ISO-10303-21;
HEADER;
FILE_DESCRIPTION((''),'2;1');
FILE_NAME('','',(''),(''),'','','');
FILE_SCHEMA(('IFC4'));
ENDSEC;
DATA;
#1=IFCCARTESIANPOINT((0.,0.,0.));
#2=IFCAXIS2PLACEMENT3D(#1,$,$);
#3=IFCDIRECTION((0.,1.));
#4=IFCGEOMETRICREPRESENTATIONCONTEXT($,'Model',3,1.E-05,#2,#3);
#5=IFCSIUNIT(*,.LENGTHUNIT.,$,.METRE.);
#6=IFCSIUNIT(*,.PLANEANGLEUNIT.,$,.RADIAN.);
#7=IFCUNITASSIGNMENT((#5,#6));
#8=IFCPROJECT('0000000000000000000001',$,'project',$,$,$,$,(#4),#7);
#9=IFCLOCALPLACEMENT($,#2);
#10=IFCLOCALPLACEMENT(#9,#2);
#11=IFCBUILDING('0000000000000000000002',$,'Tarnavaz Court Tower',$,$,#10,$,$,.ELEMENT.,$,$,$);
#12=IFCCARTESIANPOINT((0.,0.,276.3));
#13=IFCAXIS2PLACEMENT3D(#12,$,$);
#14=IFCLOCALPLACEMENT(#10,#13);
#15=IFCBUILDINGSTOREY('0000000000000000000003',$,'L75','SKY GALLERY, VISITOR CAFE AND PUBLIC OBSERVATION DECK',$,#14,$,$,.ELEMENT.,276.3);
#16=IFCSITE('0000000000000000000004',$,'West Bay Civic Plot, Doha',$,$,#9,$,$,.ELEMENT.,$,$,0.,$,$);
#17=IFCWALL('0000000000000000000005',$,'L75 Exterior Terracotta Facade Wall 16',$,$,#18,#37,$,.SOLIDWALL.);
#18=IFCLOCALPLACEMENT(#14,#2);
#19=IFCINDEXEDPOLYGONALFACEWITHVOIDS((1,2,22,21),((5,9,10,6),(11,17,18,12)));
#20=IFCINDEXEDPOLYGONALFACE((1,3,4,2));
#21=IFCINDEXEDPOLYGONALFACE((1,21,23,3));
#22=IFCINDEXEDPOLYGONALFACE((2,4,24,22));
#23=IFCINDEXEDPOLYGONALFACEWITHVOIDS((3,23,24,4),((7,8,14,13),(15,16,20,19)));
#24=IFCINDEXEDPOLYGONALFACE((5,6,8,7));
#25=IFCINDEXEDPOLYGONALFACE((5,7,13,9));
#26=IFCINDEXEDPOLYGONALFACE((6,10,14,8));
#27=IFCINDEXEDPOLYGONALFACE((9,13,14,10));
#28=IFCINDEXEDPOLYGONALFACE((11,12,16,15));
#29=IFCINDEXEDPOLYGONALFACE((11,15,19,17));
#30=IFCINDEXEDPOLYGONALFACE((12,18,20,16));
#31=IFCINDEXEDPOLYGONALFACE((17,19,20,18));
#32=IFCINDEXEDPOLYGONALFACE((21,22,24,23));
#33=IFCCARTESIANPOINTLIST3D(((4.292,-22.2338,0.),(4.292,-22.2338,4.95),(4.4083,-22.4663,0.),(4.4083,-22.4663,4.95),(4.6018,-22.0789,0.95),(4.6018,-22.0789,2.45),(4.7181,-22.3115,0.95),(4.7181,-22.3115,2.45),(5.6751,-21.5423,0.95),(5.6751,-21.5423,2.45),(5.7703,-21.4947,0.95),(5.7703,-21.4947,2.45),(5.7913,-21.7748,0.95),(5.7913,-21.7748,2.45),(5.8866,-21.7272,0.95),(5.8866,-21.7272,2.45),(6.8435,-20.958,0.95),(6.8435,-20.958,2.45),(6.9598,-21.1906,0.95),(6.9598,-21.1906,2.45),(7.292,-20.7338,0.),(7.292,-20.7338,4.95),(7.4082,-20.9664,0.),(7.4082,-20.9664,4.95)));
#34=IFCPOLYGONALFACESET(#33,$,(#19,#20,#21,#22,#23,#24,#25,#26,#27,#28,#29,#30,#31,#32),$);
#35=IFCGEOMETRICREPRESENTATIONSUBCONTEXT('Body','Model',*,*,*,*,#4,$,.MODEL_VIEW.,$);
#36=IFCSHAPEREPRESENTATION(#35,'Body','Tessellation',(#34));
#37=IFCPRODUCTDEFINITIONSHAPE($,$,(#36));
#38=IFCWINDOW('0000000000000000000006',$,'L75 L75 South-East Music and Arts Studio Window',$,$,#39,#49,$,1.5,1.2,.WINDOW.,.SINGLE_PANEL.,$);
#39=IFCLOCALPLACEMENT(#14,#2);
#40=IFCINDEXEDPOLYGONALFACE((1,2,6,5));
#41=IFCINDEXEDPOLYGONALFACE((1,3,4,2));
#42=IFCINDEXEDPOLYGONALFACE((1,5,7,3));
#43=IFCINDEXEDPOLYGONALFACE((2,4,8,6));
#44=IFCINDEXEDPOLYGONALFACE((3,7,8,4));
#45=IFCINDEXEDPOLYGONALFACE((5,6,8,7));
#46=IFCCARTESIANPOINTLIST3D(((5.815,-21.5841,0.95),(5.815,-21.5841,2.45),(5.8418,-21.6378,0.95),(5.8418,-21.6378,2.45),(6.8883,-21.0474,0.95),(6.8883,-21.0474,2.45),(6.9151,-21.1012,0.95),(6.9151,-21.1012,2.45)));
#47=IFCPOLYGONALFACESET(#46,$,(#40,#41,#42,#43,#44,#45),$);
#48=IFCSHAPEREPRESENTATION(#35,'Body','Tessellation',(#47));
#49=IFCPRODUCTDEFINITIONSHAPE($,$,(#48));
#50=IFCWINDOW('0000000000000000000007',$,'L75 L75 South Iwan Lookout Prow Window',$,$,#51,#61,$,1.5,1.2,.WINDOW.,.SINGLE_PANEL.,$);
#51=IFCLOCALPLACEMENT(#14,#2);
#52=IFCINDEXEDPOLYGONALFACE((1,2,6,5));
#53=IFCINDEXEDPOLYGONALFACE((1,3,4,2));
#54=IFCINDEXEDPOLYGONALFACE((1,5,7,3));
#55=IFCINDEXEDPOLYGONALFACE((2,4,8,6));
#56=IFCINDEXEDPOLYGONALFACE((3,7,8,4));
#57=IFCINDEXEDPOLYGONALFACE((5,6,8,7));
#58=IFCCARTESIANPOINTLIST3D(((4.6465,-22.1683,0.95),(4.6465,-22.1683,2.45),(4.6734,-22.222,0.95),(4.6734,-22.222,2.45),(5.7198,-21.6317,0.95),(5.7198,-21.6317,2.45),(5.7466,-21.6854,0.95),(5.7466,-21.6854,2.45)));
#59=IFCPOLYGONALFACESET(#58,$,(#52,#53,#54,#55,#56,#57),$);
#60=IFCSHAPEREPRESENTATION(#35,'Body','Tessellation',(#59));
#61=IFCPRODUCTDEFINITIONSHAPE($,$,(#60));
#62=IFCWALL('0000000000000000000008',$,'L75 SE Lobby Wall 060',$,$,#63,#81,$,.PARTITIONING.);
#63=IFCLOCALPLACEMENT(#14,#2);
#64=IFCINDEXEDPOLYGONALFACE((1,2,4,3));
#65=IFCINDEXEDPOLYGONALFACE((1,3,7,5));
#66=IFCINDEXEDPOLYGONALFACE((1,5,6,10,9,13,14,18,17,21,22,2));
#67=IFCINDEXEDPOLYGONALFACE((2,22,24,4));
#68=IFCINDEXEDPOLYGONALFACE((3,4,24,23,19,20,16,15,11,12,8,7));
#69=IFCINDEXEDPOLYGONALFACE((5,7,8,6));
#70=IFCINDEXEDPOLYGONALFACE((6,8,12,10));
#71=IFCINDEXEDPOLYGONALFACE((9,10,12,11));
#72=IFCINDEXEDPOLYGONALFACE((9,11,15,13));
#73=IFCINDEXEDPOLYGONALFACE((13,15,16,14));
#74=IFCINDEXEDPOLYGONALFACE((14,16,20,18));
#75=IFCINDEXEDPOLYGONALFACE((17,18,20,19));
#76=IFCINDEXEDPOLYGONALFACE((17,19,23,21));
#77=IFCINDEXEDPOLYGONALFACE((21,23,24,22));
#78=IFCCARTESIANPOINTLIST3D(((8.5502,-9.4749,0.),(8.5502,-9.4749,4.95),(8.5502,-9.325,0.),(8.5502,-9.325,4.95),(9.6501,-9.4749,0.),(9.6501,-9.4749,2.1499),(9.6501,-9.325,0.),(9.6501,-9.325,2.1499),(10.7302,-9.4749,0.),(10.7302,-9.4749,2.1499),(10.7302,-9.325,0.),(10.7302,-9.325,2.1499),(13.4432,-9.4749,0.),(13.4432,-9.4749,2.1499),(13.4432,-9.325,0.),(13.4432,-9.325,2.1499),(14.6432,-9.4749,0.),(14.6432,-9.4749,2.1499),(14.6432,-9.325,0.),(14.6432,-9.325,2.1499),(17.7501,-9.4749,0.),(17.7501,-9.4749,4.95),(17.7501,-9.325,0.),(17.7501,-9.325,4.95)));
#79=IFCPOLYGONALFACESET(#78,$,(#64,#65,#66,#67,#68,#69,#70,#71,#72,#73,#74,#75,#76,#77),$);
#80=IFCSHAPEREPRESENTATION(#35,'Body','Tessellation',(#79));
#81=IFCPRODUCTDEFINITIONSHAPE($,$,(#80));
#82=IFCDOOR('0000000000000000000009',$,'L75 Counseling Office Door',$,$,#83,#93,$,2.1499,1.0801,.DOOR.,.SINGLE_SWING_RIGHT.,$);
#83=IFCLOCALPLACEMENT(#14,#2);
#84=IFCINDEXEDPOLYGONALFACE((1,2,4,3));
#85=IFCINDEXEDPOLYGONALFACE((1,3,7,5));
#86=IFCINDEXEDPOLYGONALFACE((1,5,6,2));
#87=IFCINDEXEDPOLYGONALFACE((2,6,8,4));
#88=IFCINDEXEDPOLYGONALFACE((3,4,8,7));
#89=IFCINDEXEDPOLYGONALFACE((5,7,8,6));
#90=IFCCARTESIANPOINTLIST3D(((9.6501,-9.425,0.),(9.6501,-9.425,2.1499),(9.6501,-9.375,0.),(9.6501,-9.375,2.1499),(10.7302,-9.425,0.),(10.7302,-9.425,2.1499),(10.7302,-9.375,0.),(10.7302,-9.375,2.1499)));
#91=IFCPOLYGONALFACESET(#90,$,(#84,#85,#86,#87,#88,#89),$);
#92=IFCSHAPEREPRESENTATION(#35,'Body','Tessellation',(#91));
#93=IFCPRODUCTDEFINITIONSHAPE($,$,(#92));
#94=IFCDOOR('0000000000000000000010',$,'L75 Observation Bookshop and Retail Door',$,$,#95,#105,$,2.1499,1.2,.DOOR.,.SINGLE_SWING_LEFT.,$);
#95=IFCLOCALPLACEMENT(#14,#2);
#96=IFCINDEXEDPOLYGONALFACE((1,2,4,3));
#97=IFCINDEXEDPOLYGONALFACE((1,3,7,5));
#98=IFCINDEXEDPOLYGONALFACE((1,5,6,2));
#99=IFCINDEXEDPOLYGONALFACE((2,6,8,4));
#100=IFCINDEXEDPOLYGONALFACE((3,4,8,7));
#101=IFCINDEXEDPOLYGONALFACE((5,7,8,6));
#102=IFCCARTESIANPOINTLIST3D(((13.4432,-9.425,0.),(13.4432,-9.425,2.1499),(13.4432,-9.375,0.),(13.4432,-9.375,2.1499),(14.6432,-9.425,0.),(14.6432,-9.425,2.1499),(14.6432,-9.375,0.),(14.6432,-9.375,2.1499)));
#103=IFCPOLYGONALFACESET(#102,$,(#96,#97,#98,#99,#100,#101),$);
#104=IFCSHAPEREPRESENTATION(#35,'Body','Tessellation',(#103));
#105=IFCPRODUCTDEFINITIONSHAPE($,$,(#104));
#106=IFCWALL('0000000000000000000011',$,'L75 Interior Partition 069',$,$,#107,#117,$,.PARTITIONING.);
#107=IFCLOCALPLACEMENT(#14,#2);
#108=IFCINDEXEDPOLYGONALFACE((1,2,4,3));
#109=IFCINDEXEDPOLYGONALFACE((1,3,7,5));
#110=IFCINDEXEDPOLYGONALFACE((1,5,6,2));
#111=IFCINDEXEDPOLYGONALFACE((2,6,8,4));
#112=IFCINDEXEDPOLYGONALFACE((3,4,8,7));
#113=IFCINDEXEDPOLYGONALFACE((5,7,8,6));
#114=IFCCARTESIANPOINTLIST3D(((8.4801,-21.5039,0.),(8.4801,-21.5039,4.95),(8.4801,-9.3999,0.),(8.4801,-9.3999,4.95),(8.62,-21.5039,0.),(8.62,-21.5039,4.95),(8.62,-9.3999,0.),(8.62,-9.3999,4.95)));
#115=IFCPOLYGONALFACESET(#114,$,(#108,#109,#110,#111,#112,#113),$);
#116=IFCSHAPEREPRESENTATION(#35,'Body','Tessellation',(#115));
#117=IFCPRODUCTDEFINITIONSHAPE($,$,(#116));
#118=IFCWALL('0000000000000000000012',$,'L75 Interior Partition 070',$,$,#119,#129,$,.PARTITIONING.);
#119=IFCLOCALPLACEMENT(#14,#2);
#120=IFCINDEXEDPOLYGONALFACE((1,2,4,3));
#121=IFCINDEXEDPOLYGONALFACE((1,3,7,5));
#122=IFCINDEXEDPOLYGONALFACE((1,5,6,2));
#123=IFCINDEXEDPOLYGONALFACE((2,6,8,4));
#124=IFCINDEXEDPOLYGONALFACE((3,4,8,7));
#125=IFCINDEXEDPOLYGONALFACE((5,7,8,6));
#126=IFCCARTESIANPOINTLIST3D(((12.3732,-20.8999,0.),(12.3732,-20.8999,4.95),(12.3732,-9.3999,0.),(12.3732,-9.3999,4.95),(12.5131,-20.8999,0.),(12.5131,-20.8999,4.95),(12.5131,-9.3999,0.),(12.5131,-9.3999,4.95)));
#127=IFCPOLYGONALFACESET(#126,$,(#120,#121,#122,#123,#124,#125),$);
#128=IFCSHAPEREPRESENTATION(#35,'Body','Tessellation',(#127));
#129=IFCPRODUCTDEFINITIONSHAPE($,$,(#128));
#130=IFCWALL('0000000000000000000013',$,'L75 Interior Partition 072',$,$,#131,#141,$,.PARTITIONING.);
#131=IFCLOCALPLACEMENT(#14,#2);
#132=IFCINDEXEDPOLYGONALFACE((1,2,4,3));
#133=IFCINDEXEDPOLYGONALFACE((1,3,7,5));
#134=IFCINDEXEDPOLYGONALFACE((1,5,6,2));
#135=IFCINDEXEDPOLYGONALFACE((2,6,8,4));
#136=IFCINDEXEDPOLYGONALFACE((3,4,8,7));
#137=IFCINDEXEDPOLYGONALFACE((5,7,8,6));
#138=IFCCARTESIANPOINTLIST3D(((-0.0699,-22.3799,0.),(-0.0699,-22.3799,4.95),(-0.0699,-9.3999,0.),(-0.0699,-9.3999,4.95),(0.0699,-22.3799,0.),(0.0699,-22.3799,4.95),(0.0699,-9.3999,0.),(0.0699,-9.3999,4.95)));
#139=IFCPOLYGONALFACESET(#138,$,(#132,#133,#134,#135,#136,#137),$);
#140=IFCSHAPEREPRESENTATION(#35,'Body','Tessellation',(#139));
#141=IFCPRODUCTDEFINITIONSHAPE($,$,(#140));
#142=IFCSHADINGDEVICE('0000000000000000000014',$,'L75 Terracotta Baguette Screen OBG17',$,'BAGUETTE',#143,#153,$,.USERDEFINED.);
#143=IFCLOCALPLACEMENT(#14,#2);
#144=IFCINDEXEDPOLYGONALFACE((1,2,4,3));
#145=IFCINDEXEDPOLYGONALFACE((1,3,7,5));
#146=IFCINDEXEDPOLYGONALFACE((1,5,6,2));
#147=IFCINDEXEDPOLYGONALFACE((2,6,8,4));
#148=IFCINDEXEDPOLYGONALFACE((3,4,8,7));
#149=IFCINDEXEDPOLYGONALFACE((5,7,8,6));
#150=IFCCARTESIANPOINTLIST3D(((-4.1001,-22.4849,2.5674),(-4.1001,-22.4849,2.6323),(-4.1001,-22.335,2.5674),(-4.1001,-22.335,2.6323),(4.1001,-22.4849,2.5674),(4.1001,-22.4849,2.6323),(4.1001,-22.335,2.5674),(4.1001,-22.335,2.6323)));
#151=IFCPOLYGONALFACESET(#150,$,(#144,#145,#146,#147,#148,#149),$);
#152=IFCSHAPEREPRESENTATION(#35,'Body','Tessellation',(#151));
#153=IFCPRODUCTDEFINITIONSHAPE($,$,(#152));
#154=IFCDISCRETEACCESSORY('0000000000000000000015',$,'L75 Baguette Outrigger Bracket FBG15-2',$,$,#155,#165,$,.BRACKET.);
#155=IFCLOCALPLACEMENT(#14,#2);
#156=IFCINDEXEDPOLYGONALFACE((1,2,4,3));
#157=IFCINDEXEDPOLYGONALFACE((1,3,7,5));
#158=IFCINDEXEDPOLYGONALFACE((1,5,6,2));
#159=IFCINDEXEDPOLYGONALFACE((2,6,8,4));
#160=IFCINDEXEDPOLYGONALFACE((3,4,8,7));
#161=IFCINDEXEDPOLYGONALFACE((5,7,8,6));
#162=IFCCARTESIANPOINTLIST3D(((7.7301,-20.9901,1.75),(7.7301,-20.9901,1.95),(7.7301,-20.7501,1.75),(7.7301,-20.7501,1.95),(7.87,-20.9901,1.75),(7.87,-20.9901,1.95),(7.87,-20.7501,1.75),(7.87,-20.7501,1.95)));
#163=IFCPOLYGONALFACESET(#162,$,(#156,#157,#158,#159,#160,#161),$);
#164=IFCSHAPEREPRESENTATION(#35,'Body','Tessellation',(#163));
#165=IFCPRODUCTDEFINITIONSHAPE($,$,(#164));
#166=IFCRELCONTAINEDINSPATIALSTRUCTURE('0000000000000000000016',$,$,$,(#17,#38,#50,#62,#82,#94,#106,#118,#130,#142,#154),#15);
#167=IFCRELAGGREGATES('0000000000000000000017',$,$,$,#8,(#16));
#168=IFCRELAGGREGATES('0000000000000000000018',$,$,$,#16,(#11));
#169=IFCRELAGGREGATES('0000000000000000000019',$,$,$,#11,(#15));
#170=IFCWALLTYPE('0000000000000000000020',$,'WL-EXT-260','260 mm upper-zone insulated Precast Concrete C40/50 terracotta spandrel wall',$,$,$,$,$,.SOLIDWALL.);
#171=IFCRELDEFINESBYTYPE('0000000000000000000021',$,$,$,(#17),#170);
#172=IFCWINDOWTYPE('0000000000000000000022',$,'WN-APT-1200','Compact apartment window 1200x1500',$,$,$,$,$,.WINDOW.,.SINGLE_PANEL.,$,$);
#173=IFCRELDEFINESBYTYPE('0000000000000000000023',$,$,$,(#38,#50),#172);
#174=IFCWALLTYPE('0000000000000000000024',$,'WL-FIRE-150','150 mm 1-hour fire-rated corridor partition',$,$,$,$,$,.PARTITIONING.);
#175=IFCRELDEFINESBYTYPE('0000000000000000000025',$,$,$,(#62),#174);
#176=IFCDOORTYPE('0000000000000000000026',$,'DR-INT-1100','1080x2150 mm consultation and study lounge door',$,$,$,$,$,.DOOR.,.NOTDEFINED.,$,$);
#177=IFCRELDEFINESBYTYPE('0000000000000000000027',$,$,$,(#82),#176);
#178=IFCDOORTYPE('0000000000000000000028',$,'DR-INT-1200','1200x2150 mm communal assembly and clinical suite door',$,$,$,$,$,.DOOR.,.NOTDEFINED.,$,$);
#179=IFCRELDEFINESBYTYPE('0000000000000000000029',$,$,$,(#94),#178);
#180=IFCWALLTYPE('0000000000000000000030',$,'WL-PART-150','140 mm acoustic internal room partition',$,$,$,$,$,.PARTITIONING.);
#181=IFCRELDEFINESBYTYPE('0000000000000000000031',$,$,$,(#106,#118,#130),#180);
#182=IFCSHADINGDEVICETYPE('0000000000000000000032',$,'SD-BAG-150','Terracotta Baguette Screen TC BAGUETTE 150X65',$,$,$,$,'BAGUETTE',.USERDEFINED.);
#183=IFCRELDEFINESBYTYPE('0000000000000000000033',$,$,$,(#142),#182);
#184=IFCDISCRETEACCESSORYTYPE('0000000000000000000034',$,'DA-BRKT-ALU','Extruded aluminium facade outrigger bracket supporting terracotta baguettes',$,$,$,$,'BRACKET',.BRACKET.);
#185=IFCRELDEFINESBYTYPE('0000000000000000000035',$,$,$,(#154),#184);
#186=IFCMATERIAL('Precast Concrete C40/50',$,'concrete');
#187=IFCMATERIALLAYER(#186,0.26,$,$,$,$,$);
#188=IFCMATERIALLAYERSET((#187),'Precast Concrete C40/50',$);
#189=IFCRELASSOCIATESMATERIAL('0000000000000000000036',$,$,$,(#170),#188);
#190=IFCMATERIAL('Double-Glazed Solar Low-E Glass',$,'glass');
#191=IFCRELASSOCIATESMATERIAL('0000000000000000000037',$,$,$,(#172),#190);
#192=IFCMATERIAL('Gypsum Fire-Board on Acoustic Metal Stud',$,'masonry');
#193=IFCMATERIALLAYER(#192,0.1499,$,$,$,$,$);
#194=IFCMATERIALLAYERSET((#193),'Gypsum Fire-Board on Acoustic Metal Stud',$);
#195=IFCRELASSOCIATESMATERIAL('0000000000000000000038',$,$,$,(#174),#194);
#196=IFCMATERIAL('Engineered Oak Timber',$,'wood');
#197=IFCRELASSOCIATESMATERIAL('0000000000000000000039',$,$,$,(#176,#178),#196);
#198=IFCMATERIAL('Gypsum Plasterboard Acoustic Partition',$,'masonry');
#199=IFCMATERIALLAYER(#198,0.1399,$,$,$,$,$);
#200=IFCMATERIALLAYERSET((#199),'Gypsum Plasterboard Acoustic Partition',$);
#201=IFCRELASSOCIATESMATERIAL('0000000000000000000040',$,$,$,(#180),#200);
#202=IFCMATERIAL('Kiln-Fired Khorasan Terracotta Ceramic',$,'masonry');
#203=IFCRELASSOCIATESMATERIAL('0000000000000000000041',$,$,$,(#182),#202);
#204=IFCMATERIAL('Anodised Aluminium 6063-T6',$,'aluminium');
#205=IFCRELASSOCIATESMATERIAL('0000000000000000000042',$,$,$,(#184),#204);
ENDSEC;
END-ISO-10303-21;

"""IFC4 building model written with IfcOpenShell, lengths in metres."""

from ifc_helpers import new_model, si_unit, direction, frame, frame_2d, origin, origin_2d, place, context, subcontext, project, spatial, rectangle, extrude, material, layer, layer_set, material_profile, profile_set, type_object, element, fill, save


model = new_model("IFC4")

# Units and contexts
model_context = context("Model", 3, precision=1e-05, world=origin(), true_north=direction((0.0, 1.0)))
body_context = subcontext(model_context, "Body", "Model", "MODEL_VIEW")
ifc_project = project(units=[si_unit("LENGTHUNIT", "METRE"), si_unit("PLANEANGLEUNIT", "RADIAN")], contexts=[model_context])

# Site, building, storey
site_placement = place(None, origin())
site = spatial("IfcSite", under=ifc_project, at=site_placement, Name="West Bay Civic Plot, Doha", CompositionType="ELEMENT", RefElevation=0.0)
building_placement = place(site_placement, origin())
building = spatial("IfcBuilding", under=site, at=building_placement, Name="Tarnavaz Court Tower", CompositionType="ELEMENT")
storey_placement = place(building_placement, frame((0.0, 0.0, 276.3)))
storey = spatial("IfcBuildingStorey", under=building, at=storey_placement, Name="L75", Description="SKY GALLERY, VISITOR CAFE AND PUBLIC OBSERVATION DECK", CompositionType="ELEMENT", Elevation=276.3)

# Shared definitions
ifc_material_1 = material(Name="Anodised Aluminium 6063-T6", Category="aluminium")
ifc_material_2 = material(Name="Double-Glazed Solar Low-E Glass", Category="glass")

# Wall, openings, windows
ifc_material_3 = material(Name="Precast Concrete C40/50", Category="concrete")
ifc_layer_1 = layer(ifc_material_3, 0.26)
ifc_layer_set_1 = layer_set([ifc_layer_1], Name="Precast Concrete C40/50")
wall_type_1 = type_object("IfcWallType", Name="WL-EXT-260", Description="260 mm upper-zone insulated Precast Concrete C40/50 terracotta spandrel wall", PredefinedType="SOLIDWALL", material=ifc_layer_set_1)
wall_1_placement = place(storey_placement, frame((7.3501, -20.8501, 0.0), z_axis=(0.0, 0.0, 1.0), x_axis=(-0.894427, -0.447214, 0.0)))
wall_1 = element("IfcWall", 1, at=wall_1_placement, inside=storey, type_object=wall_type_1, Name="L75 Exterior Terracotta Facade Wall 16", PredefinedType="SOLIDWALL", context=body_context, shape_type="SweptSolid", body=[
    extrude(rectangle(XDim=3.354, YDim=0.26, at=frame_2d((1.677, 0.0))), origin(), (0.0, 0.0, 1.0), 4.95),
])
opening_1_placement = place(wall_1_placement, frame((0.5012, 0.0, 0.95)))
opening_1 = element("IfcOpeningElement", 2, at=opening_1_placement, cuts=wall_1, PredefinedType="OPENING", context=body_context, shape_type="SweptSolid", body=[
    extrude(rectangle(XDim=1.2, YDim=1.5, at=frame_2d((0.6001, 0.75))), frame((0.0, 0.1399, 0.0), z_axis=(0.0, -1.0, 0.0), x_axis=(1.0, 0.0, 0.0)), (0.0, 0.0, 1.0), 0.28),
])
opening_2_placement = place(wall_1_placement, frame((1.8076, 0.0, 0.95)))
opening_2 = element("IfcOpeningElement", 3, at=opening_2_placement, cuts=wall_1, PredefinedType="OPENING", context=body_context, shape_type="SweptSolid", body=[
    extrude(rectangle(XDim=1.2, YDim=1.5, at=frame_2d((0.6001, 0.75))), frame((0.0, 0.1399, 0.0), z_axis=(0.0, -1.0, 0.0), x_axis=(1.0, 0.0, 0.0)), (0.0, 0.0, 1.0), 0.28),
])
window_type = type_object("IfcWindowType", Name="WN-APT-1200", Description="Compact apartment window 1200x1500", PartitioningType="SINGLE_PANEL", PredefinedType="WINDOW", material=ifc_material_2)
window_1_placement = place(opening_1_placement, origin())
window_1 = element("IfcWindow", 4, at=window_1_placement, inside=storey, type_object=window_type, Name="L75 L75 South-East Music and Arts Studio Window", OverallHeight=1.5, OverallWidth=1.2, PartitioningType="SINGLE_PANEL", PredefinedType="WINDOW", context=body_context, shape_type="SweptSolid", body=[
    extrude(rectangle(XDim=1.2, YDim=1.5, at=frame_2d((0.6001, 0.75))), frame((0.0, 0.03, 0.0), z_axis=(0.0, -1.0, 0.0), x_axis=(1.0, 0.0, 0.0)), (0.0, 0.0, 1.0), 0.0601),
])
fill(opening_1, window_1)
window_2_placement = place(opening_2_placement, origin())
window_2 = element("IfcWindow", 5, at=window_2_placement, inside=storey, type_object=window_type, Name="L75 L75 South Iwan Lookout Prow Window", OverallHeight=1.5, OverallWidth=1.2, PartitioningType="SINGLE_PANEL", PredefinedType="WINDOW", context=body_context, shape_type="SweptSolid", body=[
    extrude(rectangle(XDim=1.2, YDim=1.5, at=frame_2d((0.6001, 0.75))), frame((0.0, 0.03, 0.0), z_axis=(0.0, -1.0, 0.0), x_axis=(1.0, 0.0, 0.0)), (0.0, 0.0, 1.0), 0.0601),
])
fill(opening_2, window_2)

# Wall, openings, doors
ifc_material_4 = material(Name="Gypsum Fire-Board on Acoustic Metal Stud", Category="masonry")
ifc_layer_2 = layer(ifc_material_4, 0.1499)
ifc_layer_set_2 = layer_set([ifc_layer_2], Name="Gypsum Fire-Board on Acoustic Metal Stud")
wall_type_2 = type_object("IfcWallType", Name="WL-FIRE-150", Description="150 mm 1-hour fire-rated corridor partition", PredefinedType="PARTITIONING", material=ifc_layer_set_2)
wall_2_placement = place(storey_placement, frame((8.55, -9.3999, 0.0), z_axis=(0.0, 0.0, 1.0), x_axis=(1.0, 0.0, 0.0)))
wall_2 = element("IfcWall", 6, at=wall_2_placement, inside=storey, type_object=wall_type_2, Name="L75 SE Lobby Wall 060", PredefinedType="PARTITIONING", context=body_context, shape_type="SweptSolid", body=[
    extrude(rectangle(XDim=9.2, YDim=0.1499, at=frame_2d((4.6001, 0.0))), origin(), (0.0, 0.0, 1.0), 4.95),
])
opening_3_placement = place(wall_2_placement, frame((1.1001, 0.0, 0.0)))
opening_3 = element("IfcOpeningElement", 7, at=opening_3_placement, cuts=wall_2, PredefinedType="OPENING", context=body_context, shape_type="SweptSolid", body=[
    extrude(rectangle(XDim=1.0801, YDim=2.1499, at=frame_2d((0.54, 1.075))), frame((0.0, 0.085, 0.0), z_axis=(0.0, -1.0, 0.0), x_axis=(1.0, 0.0, 0.0)), (0.0, 0.0, 1.0), 0.1699),
])
opening_4_placement = place(wall_2_placement, frame((4.8931, 0.0, 0.0)))
opening_4 = element("IfcOpeningElement", 8, at=opening_4_placement, cuts=wall_2, PredefinedType="OPENING", context=body_context, shape_type="SweptSolid", body=[
    extrude(rectangle(XDim=1.2, YDim=2.1499, at=frame_2d((0.6001, 1.075))), frame((0.0, 0.085, 0.0), z_axis=(0.0, -1.0, 0.0), x_axis=(1.0, 0.0, 0.0)), (0.0, 0.0, 1.0), 0.1699),
])
ifc_material_5 = material(Name="Engineered Oak Timber", Category="wood")
door_type_1 = type_object("IfcDoorType", Name="DR-INT-1100", Description="1080x2150 mm consultation and study lounge door", OperationType="NOTDEFINED", PredefinedType="DOOR", material=ifc_material_5)
door_1_placement = place(opening_3_placement, origin())
door_1 = element("IfcDoor", 9, at=door_1_placement, inside=storey, type_object=door_type_1, Name="L75 Counseling Office Door", OperationType="SINGLE_SWING_RIGHT", OverallHeight=2.1499, OverallWidth=1.0801, PredefinedType="DOOR", context=body_context, shape_type="SweptSolid", body=[
    extrude(rectangle(XDim=1.0801, YDim=2.1499, at=frame_2d((0.54, 1.075))), frame((0.0, 0.0249, 0.0), z_axis=(0.0, -1.0, 0.0), x_axis=(1.0, 0.0, 0.0)), (0.0, 0.0, 1.0), 0.05),
])
fill(opening_3, door_1)
door_type_2 = type_object("IfcDoorType", Name="DR-INT-1200", Description="1200x2150 mm communal assembly and clinical suite door", OperationType="NOTDEFINED", PredefinedType="DOOR", material=ifc_material_5)
door_2_placement = place(opening_4_placement, origin())
door_2 = element("IfcDoor", 10, at=door_2_placement, inside=storey, type_object=door_type_2, Name="L75 Observation Bookshop and Retail Door", OperationType="SINGLE_SWING_LEFT", OverallHeight=2.1499, OverallWidth=1.2, PredefinedType="DOOR", context=body_context, shape_type="SweptSolid", body=[
    extrude(rectangle(XDim=1.2, YDim=2.1499, at=frame_2d((0.6001, 1.075))), frame((0.0, 0.0249, 0.0), z_axis=(0.0, -1.0, 0.0), x_axis=(1.0, 0.0, 0.0)), (0.0, 0.0, 1.0), 0.05),
])
fill(opening_4, door_2)

# Walls
ifc_material_6 = material(Name="Gypsum Plasterboard Acoustic Partition", Category="masonry")
ifc_layer_3 = layer(ifc_material_6, 0.1399)
ifc_layer_set_3 = layer_set([ifc_layer_3], Name="Gypsum Plasterboard Acoustic Partition")
wall_type_3 = type_object("IfcWallType", Name="WL-PART-150", Description="140 mm acoustic internal room partition", PredefinedType="PARTITIONING", material=ifc_layer_set_3)
wall_3_placement = place(storey_placement, frame((8.55, -21.5039, 0.0), z_axis=(0.0, 0.0, 1.0), x_axis=(0.0, 1.0, 0.0)))
element("IfcWall", 11, at=wall_3_placement, inside=storey, type_object=wall_type_3, Name="L75 Interior Partition 069", PredefinedType="PARTITIONING", context=body_context, shape_type="SweptSolid", body=[
    extrude(rectangle(XDim=12.104, YDim=0.1399, at=frame_2d((6.052, 0.0))), origin(), (0.0, 0.0, 1.0), 4.95),
])
wall_4_placement = place(storey_placement, frame((12.4431, -20.8999, 0.0), z_axis=(0.0, 0.0, 1.0), x_axis=(0.0, 1.0, 0.0)))
element("IfcWall", 12, at=wall_4_placement, inside=storey, type_object=wall_type_3, Name="L75 Interior Partition 070", PredefinedType="PARTITIONING", context=body_context, shape_type="SweptSolid", body=[
    extrude(rectangle(XDim=11.5, YDim=0.1399, at=frame_2d((5.75, 0.0))), origin(), (0.0, 0.0, 1.0), 4.95),
])
wall_5_placement = place(storey_placement, frame((0.0, -22.3799, 0.0), z_axis=(0.0, 0.0, 1.0), x_axis=(0.0, 1.0, 0.0)))
element("IfcWall", 13, at=wall_5_placement, inside=storey, type_object=wall_type_3, Name="L75 Interior Partition 072", PredefinedType="PARTITIONING", context=body_context, shape_type="SweptSolid", body=[
    extrude(rectangle(XDim=12.98, YDim=0.1399, at=frame_2d((6.49, 0.0))), origin(), (0.0, 0.0, 1.0), 4.95),
])

# Shading device
ifc_material_7 = material(Name="Kiln-Fired Khorasan Terracotta Ceramic", Category="masonry")
ifc_material_profile_1 = material_profile(ifc_material_7, rectangle(XDim=0.1499, YDim=0.0649, at=origin_2d()), Name="TC BAGUETTE 150X65")
ifc_profile_set_1 = profile_set([ifc_material_profile_1], Name="Kiln-Fired Khorasan Terracotta Ceramic")
shading_device_type = type_object("IfcShadingDeviceType", Name="SD-BAG-150", Description="Terracotta Baguette Screen TC BAGUETTE 150X65", ElementType="BAGUETTE", PredefinedType="USERDEFINED", material=ifc_profile_set_1)
shading_device_placement = place(storey_placement, frame((4.1001, -22.4099, 2.5999), z_axis=(-1.0, 0.0, 0.0), x_axis=(0.0, -1.0, 0.0)))
element("IfcShadingDevice", 14, at=shading_device_placement, inside=storey, type_object=shading_device_type, Name="L75 Terracotta Baguette Screen OBG17", ObjectType="BAGUETTE", PredefinedType="USERDEFINED", context=body_context, shape_type="SweptSolid", body=[
    extrude(rectangle(XDim=0.1499, YDim=0.0649, at=origin_2d()), origin(), (0.0, 0.0, 1.0), 8.2002),
])

# Discrete accessory
discrete_accessory_type = type_object("IfcDiscreteAccessoryType", Name="DA-BRKT-ALU", Description="Extruded aluminium facade outrigger bracket supporting terracotta baguettes", ElementType="BRACKET", PredefinedType="BRACKET", material=ifc_material_1)
for number, where, z_axis, x_axis, name in (
    (15, (7.8, -20.8701, 1.75), (0.0, 0.0, 1.0), (-1.0, 0.0, 0.0), "L75 Baguette Outrigger Bracket FBG15-2"),
):
    element("IfcDiscreteAccessory", number, at=place(storey_placement, frame(where, z_axis=z_axis, x_axis=x_axis)), inside=storey, type_object=discrete_accessory_type, Name=name, PredefinedType="BRACKET", context=body_context, shape_type="SweptSolid", body=[
        extrude(rectangle(XDim=0.1399, YDim=0.24, at=origin_2d()), origin(), (0.0, 0.0, 1.0), 0.2),
    ])

save(model, "model.ifc")
